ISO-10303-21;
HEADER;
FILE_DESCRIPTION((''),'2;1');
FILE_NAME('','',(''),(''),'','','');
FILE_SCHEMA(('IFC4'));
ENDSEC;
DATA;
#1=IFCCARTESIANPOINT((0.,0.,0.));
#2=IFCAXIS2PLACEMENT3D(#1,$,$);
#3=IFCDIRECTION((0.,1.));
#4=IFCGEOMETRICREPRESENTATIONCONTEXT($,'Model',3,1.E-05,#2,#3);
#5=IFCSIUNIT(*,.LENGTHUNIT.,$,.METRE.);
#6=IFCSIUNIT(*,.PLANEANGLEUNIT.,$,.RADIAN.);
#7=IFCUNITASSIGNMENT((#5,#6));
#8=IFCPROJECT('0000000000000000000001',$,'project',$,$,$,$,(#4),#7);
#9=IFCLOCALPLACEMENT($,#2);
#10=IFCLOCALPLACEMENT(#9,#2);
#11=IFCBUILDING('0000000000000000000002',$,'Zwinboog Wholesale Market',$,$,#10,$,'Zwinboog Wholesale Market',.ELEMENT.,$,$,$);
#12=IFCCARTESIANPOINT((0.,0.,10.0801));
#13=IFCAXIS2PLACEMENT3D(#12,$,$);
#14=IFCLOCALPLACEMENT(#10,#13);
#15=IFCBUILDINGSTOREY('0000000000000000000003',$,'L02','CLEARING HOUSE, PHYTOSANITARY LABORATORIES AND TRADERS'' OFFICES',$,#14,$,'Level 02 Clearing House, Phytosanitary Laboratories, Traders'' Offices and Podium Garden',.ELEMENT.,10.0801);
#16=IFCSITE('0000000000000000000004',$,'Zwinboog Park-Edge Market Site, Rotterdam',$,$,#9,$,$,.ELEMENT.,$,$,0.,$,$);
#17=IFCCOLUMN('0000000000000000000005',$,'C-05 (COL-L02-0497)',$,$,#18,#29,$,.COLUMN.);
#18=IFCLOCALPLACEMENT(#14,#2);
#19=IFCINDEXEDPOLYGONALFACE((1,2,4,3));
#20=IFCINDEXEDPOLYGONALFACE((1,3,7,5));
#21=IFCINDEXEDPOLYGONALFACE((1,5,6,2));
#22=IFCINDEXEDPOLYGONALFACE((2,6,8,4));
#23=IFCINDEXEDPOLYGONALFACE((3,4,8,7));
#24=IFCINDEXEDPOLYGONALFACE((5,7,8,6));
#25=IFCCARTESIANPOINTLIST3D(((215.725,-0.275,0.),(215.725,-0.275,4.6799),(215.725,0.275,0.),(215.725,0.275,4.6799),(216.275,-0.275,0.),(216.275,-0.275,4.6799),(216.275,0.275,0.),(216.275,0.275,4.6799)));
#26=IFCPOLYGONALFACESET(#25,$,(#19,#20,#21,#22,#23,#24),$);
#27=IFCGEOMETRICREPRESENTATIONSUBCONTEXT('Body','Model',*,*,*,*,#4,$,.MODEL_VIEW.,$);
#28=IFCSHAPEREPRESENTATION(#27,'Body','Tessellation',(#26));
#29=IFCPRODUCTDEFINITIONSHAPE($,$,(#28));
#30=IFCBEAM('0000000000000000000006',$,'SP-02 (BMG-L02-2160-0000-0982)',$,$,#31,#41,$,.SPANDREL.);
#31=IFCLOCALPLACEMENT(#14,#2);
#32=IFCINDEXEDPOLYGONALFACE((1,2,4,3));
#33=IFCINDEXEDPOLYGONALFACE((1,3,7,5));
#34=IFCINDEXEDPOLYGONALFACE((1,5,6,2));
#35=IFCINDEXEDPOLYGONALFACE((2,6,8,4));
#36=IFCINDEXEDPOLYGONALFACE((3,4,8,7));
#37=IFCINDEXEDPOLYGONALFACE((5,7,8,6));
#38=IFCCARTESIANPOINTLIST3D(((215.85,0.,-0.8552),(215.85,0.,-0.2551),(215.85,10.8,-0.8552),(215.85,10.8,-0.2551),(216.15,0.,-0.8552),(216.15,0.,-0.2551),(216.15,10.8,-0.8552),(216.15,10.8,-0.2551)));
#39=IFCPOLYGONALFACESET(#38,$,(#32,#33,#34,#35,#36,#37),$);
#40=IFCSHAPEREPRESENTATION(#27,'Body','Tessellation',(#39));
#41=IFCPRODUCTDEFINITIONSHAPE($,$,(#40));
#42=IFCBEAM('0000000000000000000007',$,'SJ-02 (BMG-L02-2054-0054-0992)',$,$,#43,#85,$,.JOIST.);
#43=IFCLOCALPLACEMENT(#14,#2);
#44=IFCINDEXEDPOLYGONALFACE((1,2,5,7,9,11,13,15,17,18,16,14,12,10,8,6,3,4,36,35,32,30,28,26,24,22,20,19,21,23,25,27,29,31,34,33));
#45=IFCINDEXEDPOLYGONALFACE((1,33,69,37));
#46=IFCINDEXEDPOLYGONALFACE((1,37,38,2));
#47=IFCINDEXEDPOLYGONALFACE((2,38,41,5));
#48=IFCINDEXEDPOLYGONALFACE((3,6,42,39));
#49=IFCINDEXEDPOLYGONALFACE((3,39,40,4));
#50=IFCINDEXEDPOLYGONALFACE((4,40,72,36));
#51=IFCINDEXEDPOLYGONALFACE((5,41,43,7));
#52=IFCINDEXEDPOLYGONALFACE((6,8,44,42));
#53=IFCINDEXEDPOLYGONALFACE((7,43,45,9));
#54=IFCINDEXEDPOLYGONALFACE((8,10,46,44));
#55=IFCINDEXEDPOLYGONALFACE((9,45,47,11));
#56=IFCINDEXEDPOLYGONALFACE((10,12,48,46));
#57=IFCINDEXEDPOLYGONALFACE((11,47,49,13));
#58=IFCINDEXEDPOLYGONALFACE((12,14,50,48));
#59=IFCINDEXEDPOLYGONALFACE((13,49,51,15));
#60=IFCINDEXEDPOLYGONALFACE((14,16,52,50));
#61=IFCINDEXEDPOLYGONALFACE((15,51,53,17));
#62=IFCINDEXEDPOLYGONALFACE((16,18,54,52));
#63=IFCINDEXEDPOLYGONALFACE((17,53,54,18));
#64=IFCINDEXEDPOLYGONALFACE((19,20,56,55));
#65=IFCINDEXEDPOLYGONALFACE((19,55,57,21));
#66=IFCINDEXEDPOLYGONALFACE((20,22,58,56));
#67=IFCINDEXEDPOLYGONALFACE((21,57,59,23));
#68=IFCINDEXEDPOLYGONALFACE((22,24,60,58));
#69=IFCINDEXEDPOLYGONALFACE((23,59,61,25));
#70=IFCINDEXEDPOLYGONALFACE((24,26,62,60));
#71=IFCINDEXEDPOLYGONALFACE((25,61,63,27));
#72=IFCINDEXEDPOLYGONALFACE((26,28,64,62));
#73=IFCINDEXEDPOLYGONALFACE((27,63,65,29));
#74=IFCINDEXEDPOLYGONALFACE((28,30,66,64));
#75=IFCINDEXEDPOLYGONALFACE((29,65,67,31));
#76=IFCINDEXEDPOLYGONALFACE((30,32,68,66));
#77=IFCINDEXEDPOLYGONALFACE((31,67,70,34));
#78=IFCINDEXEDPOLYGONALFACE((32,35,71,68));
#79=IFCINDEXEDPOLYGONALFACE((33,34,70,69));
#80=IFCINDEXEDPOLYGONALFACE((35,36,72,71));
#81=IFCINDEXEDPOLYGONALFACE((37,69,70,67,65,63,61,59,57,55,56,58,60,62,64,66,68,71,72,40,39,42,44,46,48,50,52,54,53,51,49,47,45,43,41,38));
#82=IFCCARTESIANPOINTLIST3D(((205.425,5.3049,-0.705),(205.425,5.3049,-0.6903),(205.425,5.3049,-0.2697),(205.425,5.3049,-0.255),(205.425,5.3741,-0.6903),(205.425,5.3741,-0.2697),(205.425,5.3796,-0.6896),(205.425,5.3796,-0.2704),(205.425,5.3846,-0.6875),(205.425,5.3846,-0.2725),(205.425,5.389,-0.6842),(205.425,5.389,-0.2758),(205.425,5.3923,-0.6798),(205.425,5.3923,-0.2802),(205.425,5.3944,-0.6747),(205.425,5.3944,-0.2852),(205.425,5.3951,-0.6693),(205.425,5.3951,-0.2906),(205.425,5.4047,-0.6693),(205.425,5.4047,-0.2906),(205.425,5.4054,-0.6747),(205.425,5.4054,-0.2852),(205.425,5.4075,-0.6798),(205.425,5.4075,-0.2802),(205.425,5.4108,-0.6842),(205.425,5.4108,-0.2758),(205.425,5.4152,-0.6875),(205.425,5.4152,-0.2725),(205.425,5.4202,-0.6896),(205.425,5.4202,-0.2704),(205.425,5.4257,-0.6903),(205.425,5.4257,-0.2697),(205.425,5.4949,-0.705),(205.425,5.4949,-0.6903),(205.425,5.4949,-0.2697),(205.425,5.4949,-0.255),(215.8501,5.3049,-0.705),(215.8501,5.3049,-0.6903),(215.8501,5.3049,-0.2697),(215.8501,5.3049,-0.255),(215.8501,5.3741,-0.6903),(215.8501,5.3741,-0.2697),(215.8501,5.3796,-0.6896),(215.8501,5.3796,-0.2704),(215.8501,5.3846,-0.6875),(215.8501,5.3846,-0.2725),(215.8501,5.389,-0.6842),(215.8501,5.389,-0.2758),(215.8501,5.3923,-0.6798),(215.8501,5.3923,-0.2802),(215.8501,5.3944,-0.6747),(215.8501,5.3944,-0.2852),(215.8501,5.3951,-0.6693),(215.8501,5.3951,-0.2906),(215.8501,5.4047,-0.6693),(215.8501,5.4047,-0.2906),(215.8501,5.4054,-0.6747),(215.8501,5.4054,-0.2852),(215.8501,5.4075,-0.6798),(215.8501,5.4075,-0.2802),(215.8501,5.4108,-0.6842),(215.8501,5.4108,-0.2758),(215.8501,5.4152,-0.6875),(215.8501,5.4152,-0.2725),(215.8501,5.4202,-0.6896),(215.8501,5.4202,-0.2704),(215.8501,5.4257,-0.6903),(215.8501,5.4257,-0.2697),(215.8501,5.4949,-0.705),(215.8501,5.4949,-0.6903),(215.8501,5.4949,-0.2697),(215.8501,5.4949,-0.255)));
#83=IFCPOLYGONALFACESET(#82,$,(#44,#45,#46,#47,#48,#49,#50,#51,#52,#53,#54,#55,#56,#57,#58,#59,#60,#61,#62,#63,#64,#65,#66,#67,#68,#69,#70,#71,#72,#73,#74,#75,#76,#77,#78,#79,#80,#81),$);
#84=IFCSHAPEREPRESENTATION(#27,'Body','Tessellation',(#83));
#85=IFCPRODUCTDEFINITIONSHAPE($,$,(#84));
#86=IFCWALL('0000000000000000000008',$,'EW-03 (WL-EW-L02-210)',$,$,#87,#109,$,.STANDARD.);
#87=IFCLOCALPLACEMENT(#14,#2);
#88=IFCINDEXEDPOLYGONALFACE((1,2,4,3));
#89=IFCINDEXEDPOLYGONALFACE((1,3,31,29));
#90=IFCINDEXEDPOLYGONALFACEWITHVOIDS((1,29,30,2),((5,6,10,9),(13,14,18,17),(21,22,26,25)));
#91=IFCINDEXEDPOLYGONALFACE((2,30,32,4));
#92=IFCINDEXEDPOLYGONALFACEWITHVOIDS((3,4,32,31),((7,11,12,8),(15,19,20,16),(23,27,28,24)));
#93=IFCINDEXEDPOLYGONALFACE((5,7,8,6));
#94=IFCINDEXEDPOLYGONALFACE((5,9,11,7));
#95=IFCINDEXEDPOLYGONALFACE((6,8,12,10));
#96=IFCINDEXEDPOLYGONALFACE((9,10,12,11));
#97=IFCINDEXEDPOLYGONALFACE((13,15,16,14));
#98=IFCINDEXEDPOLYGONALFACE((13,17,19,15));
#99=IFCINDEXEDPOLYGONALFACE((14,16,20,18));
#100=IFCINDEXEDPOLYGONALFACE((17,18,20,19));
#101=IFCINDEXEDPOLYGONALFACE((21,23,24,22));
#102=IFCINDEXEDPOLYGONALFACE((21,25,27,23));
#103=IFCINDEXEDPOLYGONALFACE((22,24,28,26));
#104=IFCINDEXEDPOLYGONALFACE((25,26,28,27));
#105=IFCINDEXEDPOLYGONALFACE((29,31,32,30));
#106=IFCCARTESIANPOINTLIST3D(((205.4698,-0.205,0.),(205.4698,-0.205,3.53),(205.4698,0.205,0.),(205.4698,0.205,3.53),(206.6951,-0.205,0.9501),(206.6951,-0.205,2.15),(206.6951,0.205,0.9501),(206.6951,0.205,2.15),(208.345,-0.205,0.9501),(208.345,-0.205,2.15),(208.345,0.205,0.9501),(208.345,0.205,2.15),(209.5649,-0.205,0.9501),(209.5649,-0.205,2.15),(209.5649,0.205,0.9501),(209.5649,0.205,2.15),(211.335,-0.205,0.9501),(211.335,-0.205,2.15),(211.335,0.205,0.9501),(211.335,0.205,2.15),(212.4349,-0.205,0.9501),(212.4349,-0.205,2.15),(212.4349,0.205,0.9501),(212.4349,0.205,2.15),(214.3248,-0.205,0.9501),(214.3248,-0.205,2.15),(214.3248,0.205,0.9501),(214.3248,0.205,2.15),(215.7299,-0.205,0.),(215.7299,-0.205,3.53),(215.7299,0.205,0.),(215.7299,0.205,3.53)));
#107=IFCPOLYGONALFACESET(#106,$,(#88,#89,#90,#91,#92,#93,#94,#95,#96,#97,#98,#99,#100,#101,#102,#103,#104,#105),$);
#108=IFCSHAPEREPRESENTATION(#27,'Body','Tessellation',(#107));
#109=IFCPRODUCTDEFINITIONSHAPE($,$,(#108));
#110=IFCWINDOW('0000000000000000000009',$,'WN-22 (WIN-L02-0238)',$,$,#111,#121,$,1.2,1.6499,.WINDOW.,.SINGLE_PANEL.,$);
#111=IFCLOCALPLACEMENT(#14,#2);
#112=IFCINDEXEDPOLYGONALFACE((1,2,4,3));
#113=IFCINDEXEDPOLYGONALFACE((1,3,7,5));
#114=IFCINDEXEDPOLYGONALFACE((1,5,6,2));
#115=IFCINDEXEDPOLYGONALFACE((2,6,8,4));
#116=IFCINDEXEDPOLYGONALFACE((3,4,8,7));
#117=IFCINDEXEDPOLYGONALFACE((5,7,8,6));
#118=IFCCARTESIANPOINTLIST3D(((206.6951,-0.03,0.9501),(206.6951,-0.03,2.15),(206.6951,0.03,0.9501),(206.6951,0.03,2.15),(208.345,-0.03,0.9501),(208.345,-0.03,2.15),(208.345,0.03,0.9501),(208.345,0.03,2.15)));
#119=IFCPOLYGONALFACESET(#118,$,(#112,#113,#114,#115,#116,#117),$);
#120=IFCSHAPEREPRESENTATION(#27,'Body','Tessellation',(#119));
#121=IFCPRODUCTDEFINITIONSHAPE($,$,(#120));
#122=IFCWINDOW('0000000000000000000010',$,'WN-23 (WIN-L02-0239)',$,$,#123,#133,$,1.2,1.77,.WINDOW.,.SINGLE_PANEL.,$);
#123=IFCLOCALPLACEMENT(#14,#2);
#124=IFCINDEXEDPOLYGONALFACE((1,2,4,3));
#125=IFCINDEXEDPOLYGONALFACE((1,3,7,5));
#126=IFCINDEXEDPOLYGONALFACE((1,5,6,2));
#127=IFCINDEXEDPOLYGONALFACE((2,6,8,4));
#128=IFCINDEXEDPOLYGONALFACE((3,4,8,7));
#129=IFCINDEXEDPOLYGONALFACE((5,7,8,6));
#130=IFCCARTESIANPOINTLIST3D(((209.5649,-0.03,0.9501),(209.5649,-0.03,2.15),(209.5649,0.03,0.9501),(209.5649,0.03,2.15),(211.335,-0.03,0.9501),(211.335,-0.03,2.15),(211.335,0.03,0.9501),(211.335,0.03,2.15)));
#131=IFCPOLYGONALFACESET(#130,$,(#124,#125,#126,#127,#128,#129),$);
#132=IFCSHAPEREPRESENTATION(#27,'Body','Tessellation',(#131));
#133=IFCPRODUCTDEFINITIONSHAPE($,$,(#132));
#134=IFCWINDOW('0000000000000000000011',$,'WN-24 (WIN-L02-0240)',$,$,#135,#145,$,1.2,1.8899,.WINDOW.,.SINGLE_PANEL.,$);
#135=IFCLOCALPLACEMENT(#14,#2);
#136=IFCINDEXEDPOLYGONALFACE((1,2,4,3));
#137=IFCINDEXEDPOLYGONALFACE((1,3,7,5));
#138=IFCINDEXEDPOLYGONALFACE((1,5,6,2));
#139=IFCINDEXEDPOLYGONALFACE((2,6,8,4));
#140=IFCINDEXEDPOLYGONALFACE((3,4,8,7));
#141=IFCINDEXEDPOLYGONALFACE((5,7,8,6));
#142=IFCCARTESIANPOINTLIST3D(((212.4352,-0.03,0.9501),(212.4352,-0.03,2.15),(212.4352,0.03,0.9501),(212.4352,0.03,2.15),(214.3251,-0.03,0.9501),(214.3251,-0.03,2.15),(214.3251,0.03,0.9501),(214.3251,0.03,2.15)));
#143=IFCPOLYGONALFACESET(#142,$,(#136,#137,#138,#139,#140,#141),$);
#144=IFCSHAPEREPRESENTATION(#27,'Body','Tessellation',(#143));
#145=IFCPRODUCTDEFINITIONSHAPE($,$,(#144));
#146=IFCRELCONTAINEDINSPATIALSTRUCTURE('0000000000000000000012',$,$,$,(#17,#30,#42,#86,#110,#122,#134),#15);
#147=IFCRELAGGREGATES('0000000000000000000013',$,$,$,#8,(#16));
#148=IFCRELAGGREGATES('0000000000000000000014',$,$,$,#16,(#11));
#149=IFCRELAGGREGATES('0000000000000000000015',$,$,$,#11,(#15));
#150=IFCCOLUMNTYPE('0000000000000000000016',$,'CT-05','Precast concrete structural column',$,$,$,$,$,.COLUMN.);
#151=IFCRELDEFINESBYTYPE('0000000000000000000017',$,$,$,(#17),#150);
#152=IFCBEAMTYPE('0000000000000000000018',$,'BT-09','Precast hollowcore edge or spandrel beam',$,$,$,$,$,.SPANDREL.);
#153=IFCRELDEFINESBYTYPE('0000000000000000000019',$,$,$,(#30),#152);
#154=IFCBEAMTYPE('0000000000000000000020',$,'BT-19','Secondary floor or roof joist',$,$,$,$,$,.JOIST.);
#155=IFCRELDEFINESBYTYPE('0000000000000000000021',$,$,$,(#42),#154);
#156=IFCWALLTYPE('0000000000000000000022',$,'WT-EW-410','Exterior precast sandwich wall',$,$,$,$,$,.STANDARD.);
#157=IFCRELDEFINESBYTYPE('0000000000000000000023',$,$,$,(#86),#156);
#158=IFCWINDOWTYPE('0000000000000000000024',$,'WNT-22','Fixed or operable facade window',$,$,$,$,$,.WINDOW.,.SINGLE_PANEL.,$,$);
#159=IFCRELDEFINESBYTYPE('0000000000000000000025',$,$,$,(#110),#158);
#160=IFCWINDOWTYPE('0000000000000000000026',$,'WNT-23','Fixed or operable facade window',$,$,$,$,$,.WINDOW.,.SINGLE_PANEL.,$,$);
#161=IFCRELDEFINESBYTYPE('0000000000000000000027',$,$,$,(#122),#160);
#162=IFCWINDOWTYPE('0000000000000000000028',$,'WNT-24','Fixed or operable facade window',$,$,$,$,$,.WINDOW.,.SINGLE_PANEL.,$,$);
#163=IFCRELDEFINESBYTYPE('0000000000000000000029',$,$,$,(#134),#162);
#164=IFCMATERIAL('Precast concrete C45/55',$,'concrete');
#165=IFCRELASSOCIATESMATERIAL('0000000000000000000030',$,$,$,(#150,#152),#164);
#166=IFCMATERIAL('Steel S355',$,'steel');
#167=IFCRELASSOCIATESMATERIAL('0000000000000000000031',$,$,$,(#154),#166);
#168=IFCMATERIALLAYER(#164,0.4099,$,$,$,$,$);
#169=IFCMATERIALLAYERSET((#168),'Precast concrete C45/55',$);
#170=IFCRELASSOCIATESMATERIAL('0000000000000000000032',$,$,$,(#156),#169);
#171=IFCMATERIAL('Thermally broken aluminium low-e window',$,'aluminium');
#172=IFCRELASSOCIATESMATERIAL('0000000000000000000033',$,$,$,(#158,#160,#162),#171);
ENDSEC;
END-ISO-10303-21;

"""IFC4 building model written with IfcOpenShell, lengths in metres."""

from ifc_helpers import new_model, si_unit, direction, frame, frame_2d, origin, origin_2d, place, context, subcontext, project, spatial, rectangle, i_section, extrude, material, layer, layer_set, material_profile, profile_set, type_object, element, fill, save


model = new_model("IFC4")

# Units and contexts
model_context = context("Model", 3, precision=1e-05, world=origin(), true_north=direction((0.0, 1.0)))
body_context = subcontext(model_context, "Body", "Model", "MODEL_VIEW")
ifc_project = project(units=[si_unit("LENGTHUNIT", "METRE"), si_unit("PLANEANGLEUNIT", "RADIAN")], contexts=[model_context])

# Site, building, storey
site_placement = place(None, origin())
site = spatial("IfcSite", under=ifc_project, at=site_placement, Name="Zwinboog Park-Edge Market Site, Rotterdam", CompositionType="ELEMENT", RefElevation=0.0)
building_placement = place(site_placement, origin())
building = spatial("IfcBuilding", under=site, at=building_placement, Name="Zwinboog Wholesale Market", LongName="Zwinboog Wholesale Market", CompositionType="ELEMENT")
storey_placement = place(building_placement, frame((0.0, 0.0, 10.0801)))
storey = spatial("IfcBuildingStorey", under=building, at=storey_placement, Name="L02", Description="CLEARING HOUSE, PHYTOSANITARY LABORATORIES AND TRADERS' OFFICES", LongName="Level 02 Clearing House, Phytosanitary Laboratories, Traders' Offices and Podium Garden", CompositionType="ELEMENT", Elevation=10.0801)

# Column
ifc_material_1 = material(Name="Precast concrete C45/55", Category="concrete")
ifc_material_profile_1 = material_profile(ifc_material_1, rectangle(XDim=0.55, YDim=0.55, at=origin_2d()), Name="PC 550x550")
ifc_profile_set_1 = profile_set([ifc_material_profile_1], Name="Precast concrete C45/55")
column_type = type_object("IfcColumnType", Name="CT-05", Description="Precast concrete structural column", PredefinedType="COLUMN", material=ifc_profile_set_1)
column_placement = place(storey_placement, frame((216.0, 0.0, 0.0), z_axis=(0.0, 0.0, 1.0), x_axis=(1.0, 0.0, 0.0)))
element("IfcColumn", 1, at=column_placement, inside=storey, type_object=column_type, Name="C-05 (COL-L02-0497)", PredefinedType="COLUMN", context=body_context, shape_type="SweptSolid", body=[
    extrude(rectangle(XDim=0.55, YDim=0.55, at=origin_2d()), origin(), (0.0, 0.0, 1.0), 4.6799),
])

# Beams
ifc_material_profile_2 = material_profile(ifc_material_1, rectangle(XDim=0.3, YDim=0.6001, at=origin_2d()), Name="PC 300x600")
ifc_profile_set_2 = profile_set([ifc_material_profile_2], Name="Precast concrete C45/55")
beam_type_1 = type_object("IfcBeamType", Name="BT-09", Description="Precast hollowcore edge or spandrel beam", PredefinedType="SPANDREL", material=ifc_profile_set_2)
beam_1_placement = place(storey_placement, frame((216.0, 0.0, -0.5552), z_axis=(0.0, 1.0, 0.0), x_axis=(-1.0, 0.0, 0.0)))
element("IfcBeam", 2, at=beam_1_placement, inside=storey, type_object=beam_type_1, Name="SP-02 (BMG-L02-2160-0000-0982)", PredefinedType="SPANDREL", context=body_context, shape_type="SweptSolid", body=[
    extrude(rectangle(XDim=0.3, YDim=0.6001, at=origin_2d()), origin(), (0.0, 0.0, 1.0), 10.8),
])
ifc_material_2 = material(Name="Steel S355", Category="steel")
ifc_material_profile_3 = material_profile(ifc_material_2, i_section(OverallWidth=0.1899, OverallDepth=0.45, WebThickness=0.0095, FlangeThickness=0.0146, FilletRadius=0.021, at=origin_2d()), Name="IPE 450")
ifc_profile_set_3 = profile_set([ifc_material_profile_3], Name="Steel S355")
beam_type_2 = type_object("IfcBeamType", Name="BT-19", Description="Secondary floor or roof joist", PredefinedType="JOIST", material=ifc_profile_set_3)
beam_2_placement = place(storey_placement, frame((205.425, 5.3999, -0.48), z_axis=(1.0, 0.0, 0.0), x_axis=(0.0, 1.0, 0.0)))
element("IfcBeam", 3, at=beam_2_placement, inside=storey, type_object=beam_type_2, Name="SJ-02 (BMG-L02-2054-0054-0992)", PredefinedType="JOIST", context=body_context, shape_type="SweptSolid", body=[
    extrude(i_section(OverallWidth=0.1899, OverallDepth=0.45, WebThickness=0.0095, FlangeThickness=0.0146, FilletRadius=0.021, at=origin_2d()), origin(), (0.0, 0.0, 1.0), 10.425),
])

# Wall, openings, windows
ifc_layer_1 = layer(ifc_material_1, 0.4099)
ifc_layer_set_1 = layer_set([ifc_layer_1], Name="Precast concrete C45/55")
wall_type_1 = type_object("IfcWallType", Name="WT-EW-410", Description="Exterior precast sandwich wall", PredefinedType="STANDARD", material=ifc_layer_set_1)
wall_1_placement = place(storey_placement, frame((205.47, 0.0, 0.0), z_axis=(0.0, 0.0, 1.0), x_axis=(1.0, 0.0, 0.0)))
wall_1 = element("IfcWall", 4, at=wall_1_placement, inside=storey, type_object=wall_type_1, Name="EW-03 (WL-EW-L02-210)", PredefinedType="STANDARD", context=body_context, shape_type="SweptSolid", body=[
    extrude(rectangle(XDim=10.26, YDim=0.4099, at=frame_2d((5.1299, 0.0))), origin(), (0.0, 0.0, 1.0), 3.53),
])
opening_1_placement = place(wall_1_placement, frame((1.2251, 0.0, 0.95)))
opening_1 = element("IfcOpeningElement", 5, at=opening_1_placement, cuts=wall_1, PredefinedType="OPENING", context=body_context, shape_type="SweptSolid", body=[
    extrude(rectangle(XDim=1.6499, YDim=1.2, at=frame_2d((0.825, 0.6001))), frame((0.0, 0.2148, 0.0), z_axis=(0.0, -1.0, 0.0), x_axis=(1.0, 0.0, 0.0)), (0.0, 0.0, 1.0), 0.4299),
])
opening_2_placement = place(wall_1_placement, frame((4.095, 0.0, 0.95)))
opening_2 = element("IfcOpeningElement", 6, at=opening_2_placement, cuts=wall_1, PredefinedType="OPENING", context=body_context, shape_type="SweptSolid", body=[
    extrude(rectangle(XDim=1.77, YDim=1.2, at=frame_2d((0.885, 0.6001))), frame((0.0, 0.2148, 0.0), z_axis=(0.0, -1.0, 0.0), x_axis=(1.0, 0.0, 0.0)), (0.0, 0.0, 1.0), 0.4299),
])
opening_3_placement = place(wall_1_placement, frame((6.9651, 0.0, 0.95)))
opening_3 = element("IfcOpeningElement", 7, at=opening_3_placement, cuts=wall_1, PredefinedType="OPENING", context=body_context, shape_type="SweptSolid", body=[
    extrude(rectangle(XDim=1.8899, YDim=1.2, at=frame_2d((0.9448, 0.6001))), frame((0.0, 0.2148, 0.0), z_axis=(0.0, -1.0, 0.0), x_axis=(1.0, 0.0, 0.0)), (0.0, 0.0, 1.0), 0.4299),
])
ifc_material_3 = material(Name="Thermally broken aluminium low-e window", Category="aluminium")
window_type_1 = type_object("IfcWindowType", Name="WNT-22", Description="Fixed or operable facade window", PartitioningType="SINGLE_PANEL", PredefinedType="WINDOW", material=ifc_material_3)
window_1_placement = place(opening_1_placement, frame((1.6499, 0.0, 0.0), z_axis=(0.0, 0.0, 1.0), x_axis=(-1.0, 0.0, 0.0)))
window_1 = element("IfcWindow", 8, at=window_1_placement, inside=storey, type_object=window_type_1, Name="WN-22 (WIN-L02-0238)", OverallHeight=1.2, OverallWidth=1.6499, PartitioningType="SINGLE_PANEL", PredefinedType="WINDOW", context=body_context, shape_type="SweptSolid", body=[
    extrude(rectangle(XDim=1.6499, YDim=1.2, at=frame_2d((0.825, 0.6001))), frame((0.0, 0.03, 0.0), z_axis=(0.0, -1.0, 0.0), x_axis=(1.0, 0.0, 0.0)), (0.0, 0.0, 1.0), 0.0601),
])
fill(opening_1, window_1)
window_type_2 = type_object("IfcWindowType", Name="WNT-23", Description="Fixed or operable facade window", PartitioningType="SINGLE_PANEL", PredefinedType="WINDOW", material=ifc_material_3)
window_2_placement = place(opening_2_placement, frame((1.77, 0.0, 0.0), z_axis=(0.0, 0.0, 1.0), x_axis=(-1.0, 0.0, 0.0)))
window_2 = element("IfcWindow", 9, at=window_2_placement, inside=storey, type_object=window_type_2, Name="WN-23 (WIN-L02-0239)", OverallHeight=1.2, OverallWidth=1.77, PartitioningType="SINGLE_PANEL", PredefinedType="WINDOW", context=body_context, shape_type="SweptSolid", body=[
    extrude(rectangle(XDim=1.77, YDim=1.2, at=frame_2d((0.885, 0.6001))), frame((0.0, 0.03, 0.0), z_axis=(0.0, -1.0, 0.0), x_axis=(1.0, 0.0, 0.0)), (0.0, 0.0, 1.0), 0.0601),
])
fill(opening_2, window_2)
window_type_3 = type_object("IfcWindowType", Name="WNT-24", Description="Fixed or operable facade window", PartitioningType="SINGLE_PANEL", PredefinedType="WINDOW", material=ifc_material_3)
window_3_placement = place(opening_3_placement, frame((1.8899, 0.0, 0.0), z_axis=(0.0, 0.0, 1.0), x_axis=(-1.0, 0.0, 0.0)))
window_3 = element("IfcWindow", 10, at=window_3_placement, inside=storey, type_object=window_type_3, Name="WN-24 (WIN-L02-0240)", OverallHeight=1.2, OverallWidth=1.8899, PartitioningType="SINGLE_PANEL", PredefinedType="WINDOW", context=body_context, shape_type="SweptSolid", body=[
    extrude(rectangle(XDim=1.8899, YDim=1.2, at=frame_2d((0.9448, 0.6001))), frame((0.0, 0.03, 0.0), z_axis=(0.0, -1.0, 0.0), x_axis=(1.0, 0.0, 0.0)), (0.0, 0.0, 1.0), 0.0601),
])
fill(opening_3, window_3)

save(model, "model.ifc")
